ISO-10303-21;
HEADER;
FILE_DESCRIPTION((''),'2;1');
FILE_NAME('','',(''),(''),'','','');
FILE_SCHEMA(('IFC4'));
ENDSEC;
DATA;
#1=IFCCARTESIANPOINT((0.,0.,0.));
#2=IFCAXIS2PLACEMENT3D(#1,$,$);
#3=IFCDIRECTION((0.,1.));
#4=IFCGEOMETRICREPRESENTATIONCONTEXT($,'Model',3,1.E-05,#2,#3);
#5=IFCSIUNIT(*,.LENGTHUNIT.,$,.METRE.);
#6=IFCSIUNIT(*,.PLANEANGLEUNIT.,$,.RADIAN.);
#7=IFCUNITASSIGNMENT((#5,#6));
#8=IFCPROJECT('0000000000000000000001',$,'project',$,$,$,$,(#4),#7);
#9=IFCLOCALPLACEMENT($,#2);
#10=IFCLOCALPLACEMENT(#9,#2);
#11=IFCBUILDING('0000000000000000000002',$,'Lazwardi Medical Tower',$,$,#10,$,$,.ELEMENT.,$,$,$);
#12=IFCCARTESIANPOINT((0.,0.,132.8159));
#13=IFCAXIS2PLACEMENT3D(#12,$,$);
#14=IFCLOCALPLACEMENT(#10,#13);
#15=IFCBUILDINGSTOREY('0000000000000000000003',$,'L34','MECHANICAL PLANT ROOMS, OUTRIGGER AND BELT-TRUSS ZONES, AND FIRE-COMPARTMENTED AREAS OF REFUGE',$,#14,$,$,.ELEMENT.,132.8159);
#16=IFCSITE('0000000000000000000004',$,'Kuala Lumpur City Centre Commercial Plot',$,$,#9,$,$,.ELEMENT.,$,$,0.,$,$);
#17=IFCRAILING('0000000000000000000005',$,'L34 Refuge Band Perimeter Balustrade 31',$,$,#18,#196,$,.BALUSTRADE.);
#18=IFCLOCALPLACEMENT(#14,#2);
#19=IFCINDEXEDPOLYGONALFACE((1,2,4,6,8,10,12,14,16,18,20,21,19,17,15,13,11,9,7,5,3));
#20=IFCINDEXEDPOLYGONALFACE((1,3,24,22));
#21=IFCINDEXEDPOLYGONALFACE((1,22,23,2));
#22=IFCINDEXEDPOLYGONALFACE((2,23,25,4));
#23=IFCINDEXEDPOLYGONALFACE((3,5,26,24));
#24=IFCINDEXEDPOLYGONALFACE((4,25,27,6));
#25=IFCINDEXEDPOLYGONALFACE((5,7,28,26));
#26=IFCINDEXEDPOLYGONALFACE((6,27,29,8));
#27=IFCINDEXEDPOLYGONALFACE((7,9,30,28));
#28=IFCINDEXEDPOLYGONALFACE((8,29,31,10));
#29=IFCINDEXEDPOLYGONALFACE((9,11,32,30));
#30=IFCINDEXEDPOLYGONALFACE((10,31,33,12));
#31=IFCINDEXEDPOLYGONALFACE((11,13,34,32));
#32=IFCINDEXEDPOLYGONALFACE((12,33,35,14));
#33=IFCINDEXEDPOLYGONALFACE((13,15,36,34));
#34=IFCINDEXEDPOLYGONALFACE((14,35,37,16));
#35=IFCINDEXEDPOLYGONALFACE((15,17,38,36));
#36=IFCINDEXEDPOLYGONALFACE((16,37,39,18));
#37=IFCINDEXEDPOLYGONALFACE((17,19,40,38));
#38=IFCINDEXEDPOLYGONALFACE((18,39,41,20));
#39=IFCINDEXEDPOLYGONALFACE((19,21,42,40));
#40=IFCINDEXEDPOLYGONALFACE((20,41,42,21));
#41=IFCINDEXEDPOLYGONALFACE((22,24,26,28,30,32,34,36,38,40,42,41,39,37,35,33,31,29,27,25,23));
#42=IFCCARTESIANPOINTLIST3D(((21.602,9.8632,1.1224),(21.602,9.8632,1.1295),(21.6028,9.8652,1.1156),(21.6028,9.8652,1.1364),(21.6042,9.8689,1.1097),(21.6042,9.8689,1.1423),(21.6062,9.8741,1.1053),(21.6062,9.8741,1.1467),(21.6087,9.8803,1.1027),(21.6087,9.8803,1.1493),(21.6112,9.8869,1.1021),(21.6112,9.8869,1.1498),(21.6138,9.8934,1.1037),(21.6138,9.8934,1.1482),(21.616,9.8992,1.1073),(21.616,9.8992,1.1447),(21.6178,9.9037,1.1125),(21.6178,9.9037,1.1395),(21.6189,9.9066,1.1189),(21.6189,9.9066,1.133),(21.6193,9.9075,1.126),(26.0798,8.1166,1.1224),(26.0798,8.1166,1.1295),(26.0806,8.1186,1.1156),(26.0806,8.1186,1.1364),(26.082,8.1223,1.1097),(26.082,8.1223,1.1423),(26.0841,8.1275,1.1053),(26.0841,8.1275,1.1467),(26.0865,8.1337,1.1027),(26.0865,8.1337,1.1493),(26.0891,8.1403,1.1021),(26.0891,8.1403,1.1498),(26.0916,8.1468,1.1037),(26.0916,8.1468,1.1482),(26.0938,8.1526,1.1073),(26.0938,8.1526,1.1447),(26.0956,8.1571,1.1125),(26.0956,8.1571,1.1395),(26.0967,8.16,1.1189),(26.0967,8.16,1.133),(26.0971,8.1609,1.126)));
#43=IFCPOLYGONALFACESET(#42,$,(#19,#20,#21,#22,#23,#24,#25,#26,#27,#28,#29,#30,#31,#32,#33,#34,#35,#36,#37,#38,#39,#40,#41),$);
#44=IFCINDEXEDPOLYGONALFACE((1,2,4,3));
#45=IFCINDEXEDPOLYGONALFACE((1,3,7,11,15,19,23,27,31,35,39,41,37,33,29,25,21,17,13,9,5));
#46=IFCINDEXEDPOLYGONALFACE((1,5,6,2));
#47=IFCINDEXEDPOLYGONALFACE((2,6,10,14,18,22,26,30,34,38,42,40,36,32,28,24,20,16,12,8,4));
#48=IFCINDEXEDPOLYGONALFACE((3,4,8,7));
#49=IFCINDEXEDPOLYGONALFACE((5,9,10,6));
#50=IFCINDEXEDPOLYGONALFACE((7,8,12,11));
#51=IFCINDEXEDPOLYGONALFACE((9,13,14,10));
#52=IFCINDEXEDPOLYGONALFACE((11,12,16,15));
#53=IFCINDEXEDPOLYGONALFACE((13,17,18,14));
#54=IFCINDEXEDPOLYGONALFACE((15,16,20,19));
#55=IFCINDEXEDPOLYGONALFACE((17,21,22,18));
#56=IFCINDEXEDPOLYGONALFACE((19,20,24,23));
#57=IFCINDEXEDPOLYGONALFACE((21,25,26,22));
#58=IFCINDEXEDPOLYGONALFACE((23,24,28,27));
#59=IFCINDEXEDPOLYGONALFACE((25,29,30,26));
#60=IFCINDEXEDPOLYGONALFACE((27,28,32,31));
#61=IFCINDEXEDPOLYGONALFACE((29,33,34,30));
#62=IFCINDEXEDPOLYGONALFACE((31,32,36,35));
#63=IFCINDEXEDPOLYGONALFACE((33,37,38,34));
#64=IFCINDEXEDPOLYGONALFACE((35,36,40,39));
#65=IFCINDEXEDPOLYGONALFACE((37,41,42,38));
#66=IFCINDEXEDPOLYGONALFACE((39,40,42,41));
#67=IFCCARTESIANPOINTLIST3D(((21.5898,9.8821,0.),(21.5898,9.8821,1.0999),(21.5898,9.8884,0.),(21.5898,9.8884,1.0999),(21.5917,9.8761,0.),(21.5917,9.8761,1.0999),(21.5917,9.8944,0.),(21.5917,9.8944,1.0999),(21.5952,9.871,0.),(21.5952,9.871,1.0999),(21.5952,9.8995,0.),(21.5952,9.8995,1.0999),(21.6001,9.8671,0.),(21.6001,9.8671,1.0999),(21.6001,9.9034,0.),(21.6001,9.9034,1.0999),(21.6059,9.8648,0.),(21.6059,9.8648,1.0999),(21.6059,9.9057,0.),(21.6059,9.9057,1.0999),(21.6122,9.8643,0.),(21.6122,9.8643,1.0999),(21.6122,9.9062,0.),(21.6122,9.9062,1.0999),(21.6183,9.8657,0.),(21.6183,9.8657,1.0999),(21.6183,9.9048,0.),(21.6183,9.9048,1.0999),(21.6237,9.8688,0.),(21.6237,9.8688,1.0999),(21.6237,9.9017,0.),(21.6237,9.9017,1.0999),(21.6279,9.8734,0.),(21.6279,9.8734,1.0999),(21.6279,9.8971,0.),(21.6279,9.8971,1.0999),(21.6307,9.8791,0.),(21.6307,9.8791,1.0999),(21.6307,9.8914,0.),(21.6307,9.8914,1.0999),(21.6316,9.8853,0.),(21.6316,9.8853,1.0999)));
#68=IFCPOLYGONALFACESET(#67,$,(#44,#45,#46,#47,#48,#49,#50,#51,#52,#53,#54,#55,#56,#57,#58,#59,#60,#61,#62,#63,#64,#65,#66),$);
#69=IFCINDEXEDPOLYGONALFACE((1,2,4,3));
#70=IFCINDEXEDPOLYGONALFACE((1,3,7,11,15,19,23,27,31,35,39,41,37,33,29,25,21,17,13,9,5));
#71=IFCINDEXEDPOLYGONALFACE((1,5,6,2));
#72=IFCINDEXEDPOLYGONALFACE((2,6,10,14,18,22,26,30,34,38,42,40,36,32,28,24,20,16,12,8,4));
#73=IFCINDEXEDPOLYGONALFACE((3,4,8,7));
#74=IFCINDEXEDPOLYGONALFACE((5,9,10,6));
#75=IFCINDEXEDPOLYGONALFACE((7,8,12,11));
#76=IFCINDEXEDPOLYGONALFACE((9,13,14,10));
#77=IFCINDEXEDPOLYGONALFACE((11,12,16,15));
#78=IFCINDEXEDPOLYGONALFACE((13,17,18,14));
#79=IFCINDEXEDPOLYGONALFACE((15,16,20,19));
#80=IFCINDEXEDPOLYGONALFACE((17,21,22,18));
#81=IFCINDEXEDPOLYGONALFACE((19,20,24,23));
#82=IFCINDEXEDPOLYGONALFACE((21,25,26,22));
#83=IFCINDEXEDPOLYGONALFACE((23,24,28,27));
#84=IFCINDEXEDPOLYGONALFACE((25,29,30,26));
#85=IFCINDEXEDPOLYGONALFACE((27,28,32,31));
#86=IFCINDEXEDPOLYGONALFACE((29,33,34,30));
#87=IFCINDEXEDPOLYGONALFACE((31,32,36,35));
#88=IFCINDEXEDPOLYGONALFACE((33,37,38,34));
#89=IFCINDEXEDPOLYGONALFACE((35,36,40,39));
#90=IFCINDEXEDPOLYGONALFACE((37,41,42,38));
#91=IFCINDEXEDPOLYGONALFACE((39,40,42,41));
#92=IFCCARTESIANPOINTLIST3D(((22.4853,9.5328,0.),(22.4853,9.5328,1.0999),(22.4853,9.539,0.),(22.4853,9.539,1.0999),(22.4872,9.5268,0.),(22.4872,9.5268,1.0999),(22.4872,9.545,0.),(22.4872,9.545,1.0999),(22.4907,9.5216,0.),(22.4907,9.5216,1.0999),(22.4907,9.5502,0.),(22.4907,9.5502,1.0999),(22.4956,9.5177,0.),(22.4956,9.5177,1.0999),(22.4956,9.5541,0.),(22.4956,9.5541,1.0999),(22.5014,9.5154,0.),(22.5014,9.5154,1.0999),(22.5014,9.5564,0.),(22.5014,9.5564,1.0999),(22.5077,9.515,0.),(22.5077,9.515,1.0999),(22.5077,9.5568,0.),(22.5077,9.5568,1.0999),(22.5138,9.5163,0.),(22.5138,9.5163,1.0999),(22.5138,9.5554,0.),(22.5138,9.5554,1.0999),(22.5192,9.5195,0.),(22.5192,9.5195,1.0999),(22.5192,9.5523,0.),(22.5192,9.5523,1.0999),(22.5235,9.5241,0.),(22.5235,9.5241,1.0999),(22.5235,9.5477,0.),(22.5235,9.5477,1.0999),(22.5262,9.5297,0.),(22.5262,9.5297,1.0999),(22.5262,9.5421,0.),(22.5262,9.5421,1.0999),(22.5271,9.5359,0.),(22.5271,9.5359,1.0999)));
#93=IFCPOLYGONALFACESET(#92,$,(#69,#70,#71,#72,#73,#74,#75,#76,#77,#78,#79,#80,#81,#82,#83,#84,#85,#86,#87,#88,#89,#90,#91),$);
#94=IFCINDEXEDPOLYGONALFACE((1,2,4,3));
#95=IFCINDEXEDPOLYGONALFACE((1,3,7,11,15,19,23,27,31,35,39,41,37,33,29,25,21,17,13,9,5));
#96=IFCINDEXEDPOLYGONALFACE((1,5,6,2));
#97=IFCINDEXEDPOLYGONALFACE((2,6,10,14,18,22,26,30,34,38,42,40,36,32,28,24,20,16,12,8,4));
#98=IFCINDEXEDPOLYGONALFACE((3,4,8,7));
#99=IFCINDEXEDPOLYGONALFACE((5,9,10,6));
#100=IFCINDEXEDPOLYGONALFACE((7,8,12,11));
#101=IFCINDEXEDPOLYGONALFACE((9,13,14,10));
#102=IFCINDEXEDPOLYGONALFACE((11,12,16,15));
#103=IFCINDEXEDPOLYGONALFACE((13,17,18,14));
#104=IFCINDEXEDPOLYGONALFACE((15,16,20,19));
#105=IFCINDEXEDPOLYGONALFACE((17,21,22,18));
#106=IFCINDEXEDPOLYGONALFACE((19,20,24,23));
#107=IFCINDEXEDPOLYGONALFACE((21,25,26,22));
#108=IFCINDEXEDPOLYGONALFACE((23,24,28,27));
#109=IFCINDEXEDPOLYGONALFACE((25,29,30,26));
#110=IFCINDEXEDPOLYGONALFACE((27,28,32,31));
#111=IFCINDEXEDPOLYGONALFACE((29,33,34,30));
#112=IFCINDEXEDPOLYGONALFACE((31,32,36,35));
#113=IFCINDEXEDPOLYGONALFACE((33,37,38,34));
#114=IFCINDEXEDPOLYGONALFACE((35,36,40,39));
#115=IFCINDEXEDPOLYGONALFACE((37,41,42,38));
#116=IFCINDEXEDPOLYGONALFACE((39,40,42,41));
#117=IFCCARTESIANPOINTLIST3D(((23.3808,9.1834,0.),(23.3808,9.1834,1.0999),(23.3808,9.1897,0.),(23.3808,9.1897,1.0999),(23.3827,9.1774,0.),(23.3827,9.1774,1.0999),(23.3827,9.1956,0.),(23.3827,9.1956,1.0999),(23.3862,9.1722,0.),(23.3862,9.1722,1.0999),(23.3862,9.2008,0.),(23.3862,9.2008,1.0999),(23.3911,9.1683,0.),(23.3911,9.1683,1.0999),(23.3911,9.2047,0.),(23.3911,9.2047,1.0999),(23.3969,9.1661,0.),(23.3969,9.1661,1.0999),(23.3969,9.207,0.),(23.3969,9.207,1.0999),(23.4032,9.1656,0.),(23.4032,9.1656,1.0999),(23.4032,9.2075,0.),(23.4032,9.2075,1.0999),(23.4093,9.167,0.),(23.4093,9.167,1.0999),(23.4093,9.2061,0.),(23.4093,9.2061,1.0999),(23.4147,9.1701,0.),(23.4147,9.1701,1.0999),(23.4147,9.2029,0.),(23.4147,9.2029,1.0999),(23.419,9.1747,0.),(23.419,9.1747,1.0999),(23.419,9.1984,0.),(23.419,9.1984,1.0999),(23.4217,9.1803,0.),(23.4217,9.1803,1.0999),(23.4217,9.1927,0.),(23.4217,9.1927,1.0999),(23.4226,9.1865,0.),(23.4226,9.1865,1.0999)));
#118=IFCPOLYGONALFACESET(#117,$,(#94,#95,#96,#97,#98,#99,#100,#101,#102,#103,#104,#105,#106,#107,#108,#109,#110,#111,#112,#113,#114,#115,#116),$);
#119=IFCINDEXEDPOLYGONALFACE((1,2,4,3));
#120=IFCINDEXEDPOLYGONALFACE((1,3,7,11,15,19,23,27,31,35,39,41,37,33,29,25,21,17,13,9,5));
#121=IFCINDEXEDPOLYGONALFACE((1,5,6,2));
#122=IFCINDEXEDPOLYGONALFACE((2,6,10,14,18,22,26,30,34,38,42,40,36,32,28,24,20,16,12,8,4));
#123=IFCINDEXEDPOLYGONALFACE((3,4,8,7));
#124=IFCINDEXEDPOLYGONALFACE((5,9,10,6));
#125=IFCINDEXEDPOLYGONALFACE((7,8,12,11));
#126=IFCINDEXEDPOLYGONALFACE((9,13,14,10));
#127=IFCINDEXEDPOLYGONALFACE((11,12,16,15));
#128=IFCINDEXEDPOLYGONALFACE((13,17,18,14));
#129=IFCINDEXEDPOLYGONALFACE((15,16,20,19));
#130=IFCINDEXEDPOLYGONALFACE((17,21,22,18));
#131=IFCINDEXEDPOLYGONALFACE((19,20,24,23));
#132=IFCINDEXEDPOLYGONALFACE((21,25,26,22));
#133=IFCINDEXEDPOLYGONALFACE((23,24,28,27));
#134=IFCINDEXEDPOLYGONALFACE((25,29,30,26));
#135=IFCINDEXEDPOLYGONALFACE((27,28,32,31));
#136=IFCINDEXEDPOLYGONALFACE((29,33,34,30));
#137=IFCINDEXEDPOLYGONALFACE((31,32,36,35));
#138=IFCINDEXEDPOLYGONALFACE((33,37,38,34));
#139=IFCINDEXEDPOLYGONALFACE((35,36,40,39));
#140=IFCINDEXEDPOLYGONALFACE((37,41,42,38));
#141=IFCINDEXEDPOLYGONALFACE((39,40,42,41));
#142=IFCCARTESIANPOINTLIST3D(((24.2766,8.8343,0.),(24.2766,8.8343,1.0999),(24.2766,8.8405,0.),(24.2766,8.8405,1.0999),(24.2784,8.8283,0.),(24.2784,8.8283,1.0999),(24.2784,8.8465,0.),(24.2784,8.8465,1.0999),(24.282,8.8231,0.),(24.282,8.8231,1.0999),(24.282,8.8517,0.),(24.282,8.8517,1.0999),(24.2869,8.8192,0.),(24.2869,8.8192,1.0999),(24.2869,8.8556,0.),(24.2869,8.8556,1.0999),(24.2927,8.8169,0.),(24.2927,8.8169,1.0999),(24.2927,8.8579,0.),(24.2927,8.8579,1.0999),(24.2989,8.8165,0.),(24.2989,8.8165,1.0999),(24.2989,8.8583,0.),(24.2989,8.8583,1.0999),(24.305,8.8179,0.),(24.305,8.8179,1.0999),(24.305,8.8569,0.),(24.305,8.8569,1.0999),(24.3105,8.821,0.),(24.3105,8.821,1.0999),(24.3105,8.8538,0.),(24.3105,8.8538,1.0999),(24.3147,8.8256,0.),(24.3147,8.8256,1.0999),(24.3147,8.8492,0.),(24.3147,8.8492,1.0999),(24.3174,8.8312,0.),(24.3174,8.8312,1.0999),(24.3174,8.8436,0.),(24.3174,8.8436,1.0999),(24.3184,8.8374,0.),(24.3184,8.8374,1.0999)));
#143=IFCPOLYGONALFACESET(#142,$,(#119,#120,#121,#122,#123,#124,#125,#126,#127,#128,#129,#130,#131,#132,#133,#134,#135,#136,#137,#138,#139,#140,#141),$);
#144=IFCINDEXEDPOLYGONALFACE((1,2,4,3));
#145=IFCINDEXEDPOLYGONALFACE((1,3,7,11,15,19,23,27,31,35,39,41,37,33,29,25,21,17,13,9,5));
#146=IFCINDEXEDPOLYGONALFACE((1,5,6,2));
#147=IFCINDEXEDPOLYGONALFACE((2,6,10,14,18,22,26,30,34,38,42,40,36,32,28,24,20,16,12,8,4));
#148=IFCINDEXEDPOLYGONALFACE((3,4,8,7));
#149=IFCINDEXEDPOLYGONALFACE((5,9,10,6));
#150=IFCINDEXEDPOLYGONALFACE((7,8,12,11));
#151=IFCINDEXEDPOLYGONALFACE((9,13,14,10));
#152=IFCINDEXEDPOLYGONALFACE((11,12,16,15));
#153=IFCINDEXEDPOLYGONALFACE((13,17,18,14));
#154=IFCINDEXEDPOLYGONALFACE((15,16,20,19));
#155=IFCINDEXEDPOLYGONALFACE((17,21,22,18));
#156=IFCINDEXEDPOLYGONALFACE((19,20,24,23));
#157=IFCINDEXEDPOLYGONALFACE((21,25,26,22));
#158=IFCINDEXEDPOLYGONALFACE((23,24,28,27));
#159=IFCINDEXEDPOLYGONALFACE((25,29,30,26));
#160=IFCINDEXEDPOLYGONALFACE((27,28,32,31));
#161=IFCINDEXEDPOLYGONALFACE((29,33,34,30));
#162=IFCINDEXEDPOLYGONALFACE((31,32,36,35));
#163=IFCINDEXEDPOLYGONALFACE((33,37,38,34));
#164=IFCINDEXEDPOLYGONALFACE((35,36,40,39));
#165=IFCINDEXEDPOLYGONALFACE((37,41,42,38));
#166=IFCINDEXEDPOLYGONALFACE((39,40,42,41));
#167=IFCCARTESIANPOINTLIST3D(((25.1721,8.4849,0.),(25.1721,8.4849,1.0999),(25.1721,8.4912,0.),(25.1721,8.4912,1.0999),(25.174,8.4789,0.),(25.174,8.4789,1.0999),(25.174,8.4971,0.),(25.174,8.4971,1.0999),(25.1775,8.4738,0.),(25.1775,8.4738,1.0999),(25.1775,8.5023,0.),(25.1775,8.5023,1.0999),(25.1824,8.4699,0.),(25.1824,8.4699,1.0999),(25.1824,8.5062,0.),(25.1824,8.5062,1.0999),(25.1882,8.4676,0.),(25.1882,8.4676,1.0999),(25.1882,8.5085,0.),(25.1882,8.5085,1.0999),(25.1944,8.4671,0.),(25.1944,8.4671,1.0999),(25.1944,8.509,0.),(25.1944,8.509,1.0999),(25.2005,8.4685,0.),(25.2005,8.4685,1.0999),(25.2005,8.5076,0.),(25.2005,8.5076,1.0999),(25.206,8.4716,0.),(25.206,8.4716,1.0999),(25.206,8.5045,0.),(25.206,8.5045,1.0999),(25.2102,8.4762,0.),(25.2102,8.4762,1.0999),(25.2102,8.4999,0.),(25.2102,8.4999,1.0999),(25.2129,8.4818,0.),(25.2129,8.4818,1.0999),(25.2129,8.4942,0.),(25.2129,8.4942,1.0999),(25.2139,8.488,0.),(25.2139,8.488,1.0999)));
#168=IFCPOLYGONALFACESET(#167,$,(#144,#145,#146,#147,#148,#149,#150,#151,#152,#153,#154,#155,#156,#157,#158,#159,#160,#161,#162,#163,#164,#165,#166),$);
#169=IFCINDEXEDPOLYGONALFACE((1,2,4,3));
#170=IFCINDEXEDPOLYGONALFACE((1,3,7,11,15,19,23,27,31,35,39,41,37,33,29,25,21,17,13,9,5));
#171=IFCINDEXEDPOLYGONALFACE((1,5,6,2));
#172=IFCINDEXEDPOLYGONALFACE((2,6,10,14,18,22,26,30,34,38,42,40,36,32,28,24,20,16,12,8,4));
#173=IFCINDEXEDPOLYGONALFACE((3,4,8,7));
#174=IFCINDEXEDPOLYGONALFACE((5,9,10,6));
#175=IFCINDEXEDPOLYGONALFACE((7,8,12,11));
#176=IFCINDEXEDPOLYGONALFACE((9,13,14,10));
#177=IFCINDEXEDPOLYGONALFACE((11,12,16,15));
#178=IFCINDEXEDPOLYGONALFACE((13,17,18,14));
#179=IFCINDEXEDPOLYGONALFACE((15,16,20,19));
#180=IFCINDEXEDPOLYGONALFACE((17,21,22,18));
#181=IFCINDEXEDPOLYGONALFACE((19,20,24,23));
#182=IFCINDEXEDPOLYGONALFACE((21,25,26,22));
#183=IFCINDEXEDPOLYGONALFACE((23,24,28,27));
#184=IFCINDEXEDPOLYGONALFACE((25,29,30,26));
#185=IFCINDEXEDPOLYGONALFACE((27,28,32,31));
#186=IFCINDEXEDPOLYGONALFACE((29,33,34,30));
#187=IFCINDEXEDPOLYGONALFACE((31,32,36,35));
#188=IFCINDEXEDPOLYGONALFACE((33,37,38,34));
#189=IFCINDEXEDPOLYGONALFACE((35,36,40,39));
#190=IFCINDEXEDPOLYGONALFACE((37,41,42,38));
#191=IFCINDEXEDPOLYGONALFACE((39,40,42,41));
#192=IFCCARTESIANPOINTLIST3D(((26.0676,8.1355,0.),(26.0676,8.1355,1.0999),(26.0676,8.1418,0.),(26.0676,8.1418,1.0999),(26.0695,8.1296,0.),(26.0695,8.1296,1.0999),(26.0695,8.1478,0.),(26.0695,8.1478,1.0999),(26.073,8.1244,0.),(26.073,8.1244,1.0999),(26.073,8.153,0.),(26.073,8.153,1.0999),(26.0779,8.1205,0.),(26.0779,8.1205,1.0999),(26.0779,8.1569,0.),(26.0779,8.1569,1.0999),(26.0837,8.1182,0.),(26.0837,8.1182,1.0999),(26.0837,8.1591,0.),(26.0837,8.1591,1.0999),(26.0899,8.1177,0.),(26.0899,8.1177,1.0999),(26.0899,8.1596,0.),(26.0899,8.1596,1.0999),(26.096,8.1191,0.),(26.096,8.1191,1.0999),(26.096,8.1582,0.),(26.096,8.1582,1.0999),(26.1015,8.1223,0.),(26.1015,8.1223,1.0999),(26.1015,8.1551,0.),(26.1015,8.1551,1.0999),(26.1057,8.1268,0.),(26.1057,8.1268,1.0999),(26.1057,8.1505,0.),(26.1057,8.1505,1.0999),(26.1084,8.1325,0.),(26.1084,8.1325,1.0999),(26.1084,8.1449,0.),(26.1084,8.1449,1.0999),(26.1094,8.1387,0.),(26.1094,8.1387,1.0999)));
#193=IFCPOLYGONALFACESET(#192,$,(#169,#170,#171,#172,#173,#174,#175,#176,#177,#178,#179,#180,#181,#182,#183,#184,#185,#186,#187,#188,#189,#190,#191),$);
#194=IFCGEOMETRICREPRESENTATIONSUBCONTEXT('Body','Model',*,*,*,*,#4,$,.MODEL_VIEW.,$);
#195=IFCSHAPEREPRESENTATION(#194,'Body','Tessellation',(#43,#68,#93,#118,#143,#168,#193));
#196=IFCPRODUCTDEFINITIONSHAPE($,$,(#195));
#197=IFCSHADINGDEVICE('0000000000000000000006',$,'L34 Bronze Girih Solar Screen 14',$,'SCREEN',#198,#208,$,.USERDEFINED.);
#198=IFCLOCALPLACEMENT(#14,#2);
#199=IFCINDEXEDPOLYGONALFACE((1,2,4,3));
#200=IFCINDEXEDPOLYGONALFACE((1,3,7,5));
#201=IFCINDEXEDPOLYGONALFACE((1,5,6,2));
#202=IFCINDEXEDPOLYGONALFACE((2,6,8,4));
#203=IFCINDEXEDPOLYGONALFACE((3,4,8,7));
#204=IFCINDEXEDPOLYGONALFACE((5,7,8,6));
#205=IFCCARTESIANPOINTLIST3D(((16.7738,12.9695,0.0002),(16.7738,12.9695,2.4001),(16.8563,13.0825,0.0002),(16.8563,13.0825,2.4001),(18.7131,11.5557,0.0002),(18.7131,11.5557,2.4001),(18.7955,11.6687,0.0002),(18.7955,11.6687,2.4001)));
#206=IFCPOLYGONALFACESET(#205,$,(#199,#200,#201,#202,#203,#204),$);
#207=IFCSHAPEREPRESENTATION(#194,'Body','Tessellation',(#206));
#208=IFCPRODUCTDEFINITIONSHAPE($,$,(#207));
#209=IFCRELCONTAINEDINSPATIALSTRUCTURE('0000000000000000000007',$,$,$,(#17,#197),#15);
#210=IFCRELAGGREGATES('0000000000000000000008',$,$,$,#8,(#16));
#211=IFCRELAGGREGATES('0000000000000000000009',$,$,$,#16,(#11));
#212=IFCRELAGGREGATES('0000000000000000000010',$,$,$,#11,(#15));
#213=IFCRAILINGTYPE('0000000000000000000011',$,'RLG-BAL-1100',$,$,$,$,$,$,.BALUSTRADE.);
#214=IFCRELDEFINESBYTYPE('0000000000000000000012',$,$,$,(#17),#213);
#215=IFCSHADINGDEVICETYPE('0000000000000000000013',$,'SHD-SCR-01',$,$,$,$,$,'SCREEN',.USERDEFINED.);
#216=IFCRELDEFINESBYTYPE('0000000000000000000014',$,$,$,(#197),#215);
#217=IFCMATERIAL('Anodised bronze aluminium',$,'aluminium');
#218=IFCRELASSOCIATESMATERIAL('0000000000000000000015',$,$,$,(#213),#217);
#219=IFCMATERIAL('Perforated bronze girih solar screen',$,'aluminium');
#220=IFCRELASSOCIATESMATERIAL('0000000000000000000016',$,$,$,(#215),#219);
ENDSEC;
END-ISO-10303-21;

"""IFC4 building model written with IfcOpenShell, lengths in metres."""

from ifc_helpers import new_model, si_unit, direction, frame, origin, origin_2d, place, context, subcontext, project, spatial, rectangle, circle, extrude, material, type_object, element, save


model = new_model("IFC4")

# Units and contexts
model_context = context("Model", 3, precision=1e-05, world=origin(), true_north=direction((0.0, 1.0)))
body_context = subcontext(model_context, "Body", "Model", "MODEL_VIEW")
ifc_project = project(units=[si_unit("LENGTHUNIT", "METRE"), si_unit("PLANEANGLEUNIT", "RADIAN")], contexts=[model_context])

# Site, building, storey
site_placement = place(None, origin())
site = spatial("IfcSite", under=ifc_project, at=site_placement, Name="Kuala Lumpur City Centre Commercial Plot", CompositionType="ELEMENT", RefElevation=0.0)
building_placement = place(site_placement, origin())
building = spatial("IfcBuilding", under=site, at=building_placement, Name="Lazwardi Medical Tower", CompositionType="ELEMENT")
storey_placement = place(building_placement, frame((0.0, 0.0, 132.8159)))
storey = spatial("IfcBuildingStorey", under=building, at=storey_placement, Name="L34", Description="MECHANICAL PLANT ROOMS, OUTRIGGER AND BELT-TRUSS ZONES, AND FIRE-COMPARTMENTED AREAS OF REFUGE", CompositionType="ELEMENT", Elevation=132.8159)

# Railing
ifc_material_1 = material(Name="Anodised bronze aluminium", Category="aluminium")
railing_type = type_object("IfcRailingType", Name="RLG-BAL-1100", PredefinedType="BALUSTRADE", material=ifc_material_1)
railing_1_placement = place(storey_placement, frame((21.6106, 9.8853, 0.0)))
element("IfcRailing", 1, at=railing_1_placement, inside=storey, type_object=railing_type, Name="L34 Refuge Band Perimeter Balustrade 31", PredefinedType="BALUSTRADE", context=body_context, shape_type="SweptSolid", body=[
    extrude(circle(Radius=0.0239, at=origin_2d()), frame((0.0, 0.0, 1.126), z_axis=(0.931637, -0.36339, 0.0), x_axis=(0.36339, 0.931637, 0.0)), (0.0, 0.0, 1.0), 4.8064),
    extrude(circle(Radius=0.021, at=origin_2d()), origin(), (0.0, 0.0, 1.0), 1.0999),
    extrude(circle(Radius=0.021, at=origin_2d()), frame((0.8955, -0.3494, 0.0)), (0.0, 0.0, 1.0), 1.0999),
    extrude(circle(Radius=0.021, at=origin_2d()), frame((1.791, -0.6987, 0.0)), (0.0, 0.0, 1.0), 1.0999),
    extrude(circle(Radius=0.021, at=origin_2d()), frame((2.6868, -1.0479, 0.0)), (0.0, 0.0, 1.0), 1.0999),
    extrude(circle(Radius=0.021, at=origin_2d()), frame((3.5823, -1.3972, 0.0)), (0.0, 0.0, 1.0), 1.0999),
    extrude(circle(Radius=0.021, at=origin_2d()), frame((4.4778, -1.7466, 0.0)), (0.0, 0.0, 1.0), 1.0999),
])

# Shading device
ifc_material_2 = material(Name="Perforated bronze girih solar screen", Category="aluminium")
shading_device_type = type_object("IfcShadingDeviceType", Name="SHD-SCR-01", ElementType="SCREEN", PredefinedType="USERDEFINED", material=ifc_material_2)
shading_device_placement = place(storey_placement, frame((17.7847, 12.3191, 0.0002), z_axis=(0.0, 0.0, 1.0), x_axis=(0.808043, -0.589123, 0.0)))
element("IfcShadingDevice", 2, at=shading_device_placement, inside=storey, type_object=shading_device_type, Name="L34 Bronze Girih Solar Screen 14", ObjectType="SCREEN", PredefinedType="USERDEFINED", context=body_context, shape_type="SweptSolid", body=[
    extrude(rectangle(XDim=2.3999, YDim=0.1399, at=origin_2d()), origin(), (0.0, 0.0, 1.0), 2.3999),
])

save(model, "model.ifc")
